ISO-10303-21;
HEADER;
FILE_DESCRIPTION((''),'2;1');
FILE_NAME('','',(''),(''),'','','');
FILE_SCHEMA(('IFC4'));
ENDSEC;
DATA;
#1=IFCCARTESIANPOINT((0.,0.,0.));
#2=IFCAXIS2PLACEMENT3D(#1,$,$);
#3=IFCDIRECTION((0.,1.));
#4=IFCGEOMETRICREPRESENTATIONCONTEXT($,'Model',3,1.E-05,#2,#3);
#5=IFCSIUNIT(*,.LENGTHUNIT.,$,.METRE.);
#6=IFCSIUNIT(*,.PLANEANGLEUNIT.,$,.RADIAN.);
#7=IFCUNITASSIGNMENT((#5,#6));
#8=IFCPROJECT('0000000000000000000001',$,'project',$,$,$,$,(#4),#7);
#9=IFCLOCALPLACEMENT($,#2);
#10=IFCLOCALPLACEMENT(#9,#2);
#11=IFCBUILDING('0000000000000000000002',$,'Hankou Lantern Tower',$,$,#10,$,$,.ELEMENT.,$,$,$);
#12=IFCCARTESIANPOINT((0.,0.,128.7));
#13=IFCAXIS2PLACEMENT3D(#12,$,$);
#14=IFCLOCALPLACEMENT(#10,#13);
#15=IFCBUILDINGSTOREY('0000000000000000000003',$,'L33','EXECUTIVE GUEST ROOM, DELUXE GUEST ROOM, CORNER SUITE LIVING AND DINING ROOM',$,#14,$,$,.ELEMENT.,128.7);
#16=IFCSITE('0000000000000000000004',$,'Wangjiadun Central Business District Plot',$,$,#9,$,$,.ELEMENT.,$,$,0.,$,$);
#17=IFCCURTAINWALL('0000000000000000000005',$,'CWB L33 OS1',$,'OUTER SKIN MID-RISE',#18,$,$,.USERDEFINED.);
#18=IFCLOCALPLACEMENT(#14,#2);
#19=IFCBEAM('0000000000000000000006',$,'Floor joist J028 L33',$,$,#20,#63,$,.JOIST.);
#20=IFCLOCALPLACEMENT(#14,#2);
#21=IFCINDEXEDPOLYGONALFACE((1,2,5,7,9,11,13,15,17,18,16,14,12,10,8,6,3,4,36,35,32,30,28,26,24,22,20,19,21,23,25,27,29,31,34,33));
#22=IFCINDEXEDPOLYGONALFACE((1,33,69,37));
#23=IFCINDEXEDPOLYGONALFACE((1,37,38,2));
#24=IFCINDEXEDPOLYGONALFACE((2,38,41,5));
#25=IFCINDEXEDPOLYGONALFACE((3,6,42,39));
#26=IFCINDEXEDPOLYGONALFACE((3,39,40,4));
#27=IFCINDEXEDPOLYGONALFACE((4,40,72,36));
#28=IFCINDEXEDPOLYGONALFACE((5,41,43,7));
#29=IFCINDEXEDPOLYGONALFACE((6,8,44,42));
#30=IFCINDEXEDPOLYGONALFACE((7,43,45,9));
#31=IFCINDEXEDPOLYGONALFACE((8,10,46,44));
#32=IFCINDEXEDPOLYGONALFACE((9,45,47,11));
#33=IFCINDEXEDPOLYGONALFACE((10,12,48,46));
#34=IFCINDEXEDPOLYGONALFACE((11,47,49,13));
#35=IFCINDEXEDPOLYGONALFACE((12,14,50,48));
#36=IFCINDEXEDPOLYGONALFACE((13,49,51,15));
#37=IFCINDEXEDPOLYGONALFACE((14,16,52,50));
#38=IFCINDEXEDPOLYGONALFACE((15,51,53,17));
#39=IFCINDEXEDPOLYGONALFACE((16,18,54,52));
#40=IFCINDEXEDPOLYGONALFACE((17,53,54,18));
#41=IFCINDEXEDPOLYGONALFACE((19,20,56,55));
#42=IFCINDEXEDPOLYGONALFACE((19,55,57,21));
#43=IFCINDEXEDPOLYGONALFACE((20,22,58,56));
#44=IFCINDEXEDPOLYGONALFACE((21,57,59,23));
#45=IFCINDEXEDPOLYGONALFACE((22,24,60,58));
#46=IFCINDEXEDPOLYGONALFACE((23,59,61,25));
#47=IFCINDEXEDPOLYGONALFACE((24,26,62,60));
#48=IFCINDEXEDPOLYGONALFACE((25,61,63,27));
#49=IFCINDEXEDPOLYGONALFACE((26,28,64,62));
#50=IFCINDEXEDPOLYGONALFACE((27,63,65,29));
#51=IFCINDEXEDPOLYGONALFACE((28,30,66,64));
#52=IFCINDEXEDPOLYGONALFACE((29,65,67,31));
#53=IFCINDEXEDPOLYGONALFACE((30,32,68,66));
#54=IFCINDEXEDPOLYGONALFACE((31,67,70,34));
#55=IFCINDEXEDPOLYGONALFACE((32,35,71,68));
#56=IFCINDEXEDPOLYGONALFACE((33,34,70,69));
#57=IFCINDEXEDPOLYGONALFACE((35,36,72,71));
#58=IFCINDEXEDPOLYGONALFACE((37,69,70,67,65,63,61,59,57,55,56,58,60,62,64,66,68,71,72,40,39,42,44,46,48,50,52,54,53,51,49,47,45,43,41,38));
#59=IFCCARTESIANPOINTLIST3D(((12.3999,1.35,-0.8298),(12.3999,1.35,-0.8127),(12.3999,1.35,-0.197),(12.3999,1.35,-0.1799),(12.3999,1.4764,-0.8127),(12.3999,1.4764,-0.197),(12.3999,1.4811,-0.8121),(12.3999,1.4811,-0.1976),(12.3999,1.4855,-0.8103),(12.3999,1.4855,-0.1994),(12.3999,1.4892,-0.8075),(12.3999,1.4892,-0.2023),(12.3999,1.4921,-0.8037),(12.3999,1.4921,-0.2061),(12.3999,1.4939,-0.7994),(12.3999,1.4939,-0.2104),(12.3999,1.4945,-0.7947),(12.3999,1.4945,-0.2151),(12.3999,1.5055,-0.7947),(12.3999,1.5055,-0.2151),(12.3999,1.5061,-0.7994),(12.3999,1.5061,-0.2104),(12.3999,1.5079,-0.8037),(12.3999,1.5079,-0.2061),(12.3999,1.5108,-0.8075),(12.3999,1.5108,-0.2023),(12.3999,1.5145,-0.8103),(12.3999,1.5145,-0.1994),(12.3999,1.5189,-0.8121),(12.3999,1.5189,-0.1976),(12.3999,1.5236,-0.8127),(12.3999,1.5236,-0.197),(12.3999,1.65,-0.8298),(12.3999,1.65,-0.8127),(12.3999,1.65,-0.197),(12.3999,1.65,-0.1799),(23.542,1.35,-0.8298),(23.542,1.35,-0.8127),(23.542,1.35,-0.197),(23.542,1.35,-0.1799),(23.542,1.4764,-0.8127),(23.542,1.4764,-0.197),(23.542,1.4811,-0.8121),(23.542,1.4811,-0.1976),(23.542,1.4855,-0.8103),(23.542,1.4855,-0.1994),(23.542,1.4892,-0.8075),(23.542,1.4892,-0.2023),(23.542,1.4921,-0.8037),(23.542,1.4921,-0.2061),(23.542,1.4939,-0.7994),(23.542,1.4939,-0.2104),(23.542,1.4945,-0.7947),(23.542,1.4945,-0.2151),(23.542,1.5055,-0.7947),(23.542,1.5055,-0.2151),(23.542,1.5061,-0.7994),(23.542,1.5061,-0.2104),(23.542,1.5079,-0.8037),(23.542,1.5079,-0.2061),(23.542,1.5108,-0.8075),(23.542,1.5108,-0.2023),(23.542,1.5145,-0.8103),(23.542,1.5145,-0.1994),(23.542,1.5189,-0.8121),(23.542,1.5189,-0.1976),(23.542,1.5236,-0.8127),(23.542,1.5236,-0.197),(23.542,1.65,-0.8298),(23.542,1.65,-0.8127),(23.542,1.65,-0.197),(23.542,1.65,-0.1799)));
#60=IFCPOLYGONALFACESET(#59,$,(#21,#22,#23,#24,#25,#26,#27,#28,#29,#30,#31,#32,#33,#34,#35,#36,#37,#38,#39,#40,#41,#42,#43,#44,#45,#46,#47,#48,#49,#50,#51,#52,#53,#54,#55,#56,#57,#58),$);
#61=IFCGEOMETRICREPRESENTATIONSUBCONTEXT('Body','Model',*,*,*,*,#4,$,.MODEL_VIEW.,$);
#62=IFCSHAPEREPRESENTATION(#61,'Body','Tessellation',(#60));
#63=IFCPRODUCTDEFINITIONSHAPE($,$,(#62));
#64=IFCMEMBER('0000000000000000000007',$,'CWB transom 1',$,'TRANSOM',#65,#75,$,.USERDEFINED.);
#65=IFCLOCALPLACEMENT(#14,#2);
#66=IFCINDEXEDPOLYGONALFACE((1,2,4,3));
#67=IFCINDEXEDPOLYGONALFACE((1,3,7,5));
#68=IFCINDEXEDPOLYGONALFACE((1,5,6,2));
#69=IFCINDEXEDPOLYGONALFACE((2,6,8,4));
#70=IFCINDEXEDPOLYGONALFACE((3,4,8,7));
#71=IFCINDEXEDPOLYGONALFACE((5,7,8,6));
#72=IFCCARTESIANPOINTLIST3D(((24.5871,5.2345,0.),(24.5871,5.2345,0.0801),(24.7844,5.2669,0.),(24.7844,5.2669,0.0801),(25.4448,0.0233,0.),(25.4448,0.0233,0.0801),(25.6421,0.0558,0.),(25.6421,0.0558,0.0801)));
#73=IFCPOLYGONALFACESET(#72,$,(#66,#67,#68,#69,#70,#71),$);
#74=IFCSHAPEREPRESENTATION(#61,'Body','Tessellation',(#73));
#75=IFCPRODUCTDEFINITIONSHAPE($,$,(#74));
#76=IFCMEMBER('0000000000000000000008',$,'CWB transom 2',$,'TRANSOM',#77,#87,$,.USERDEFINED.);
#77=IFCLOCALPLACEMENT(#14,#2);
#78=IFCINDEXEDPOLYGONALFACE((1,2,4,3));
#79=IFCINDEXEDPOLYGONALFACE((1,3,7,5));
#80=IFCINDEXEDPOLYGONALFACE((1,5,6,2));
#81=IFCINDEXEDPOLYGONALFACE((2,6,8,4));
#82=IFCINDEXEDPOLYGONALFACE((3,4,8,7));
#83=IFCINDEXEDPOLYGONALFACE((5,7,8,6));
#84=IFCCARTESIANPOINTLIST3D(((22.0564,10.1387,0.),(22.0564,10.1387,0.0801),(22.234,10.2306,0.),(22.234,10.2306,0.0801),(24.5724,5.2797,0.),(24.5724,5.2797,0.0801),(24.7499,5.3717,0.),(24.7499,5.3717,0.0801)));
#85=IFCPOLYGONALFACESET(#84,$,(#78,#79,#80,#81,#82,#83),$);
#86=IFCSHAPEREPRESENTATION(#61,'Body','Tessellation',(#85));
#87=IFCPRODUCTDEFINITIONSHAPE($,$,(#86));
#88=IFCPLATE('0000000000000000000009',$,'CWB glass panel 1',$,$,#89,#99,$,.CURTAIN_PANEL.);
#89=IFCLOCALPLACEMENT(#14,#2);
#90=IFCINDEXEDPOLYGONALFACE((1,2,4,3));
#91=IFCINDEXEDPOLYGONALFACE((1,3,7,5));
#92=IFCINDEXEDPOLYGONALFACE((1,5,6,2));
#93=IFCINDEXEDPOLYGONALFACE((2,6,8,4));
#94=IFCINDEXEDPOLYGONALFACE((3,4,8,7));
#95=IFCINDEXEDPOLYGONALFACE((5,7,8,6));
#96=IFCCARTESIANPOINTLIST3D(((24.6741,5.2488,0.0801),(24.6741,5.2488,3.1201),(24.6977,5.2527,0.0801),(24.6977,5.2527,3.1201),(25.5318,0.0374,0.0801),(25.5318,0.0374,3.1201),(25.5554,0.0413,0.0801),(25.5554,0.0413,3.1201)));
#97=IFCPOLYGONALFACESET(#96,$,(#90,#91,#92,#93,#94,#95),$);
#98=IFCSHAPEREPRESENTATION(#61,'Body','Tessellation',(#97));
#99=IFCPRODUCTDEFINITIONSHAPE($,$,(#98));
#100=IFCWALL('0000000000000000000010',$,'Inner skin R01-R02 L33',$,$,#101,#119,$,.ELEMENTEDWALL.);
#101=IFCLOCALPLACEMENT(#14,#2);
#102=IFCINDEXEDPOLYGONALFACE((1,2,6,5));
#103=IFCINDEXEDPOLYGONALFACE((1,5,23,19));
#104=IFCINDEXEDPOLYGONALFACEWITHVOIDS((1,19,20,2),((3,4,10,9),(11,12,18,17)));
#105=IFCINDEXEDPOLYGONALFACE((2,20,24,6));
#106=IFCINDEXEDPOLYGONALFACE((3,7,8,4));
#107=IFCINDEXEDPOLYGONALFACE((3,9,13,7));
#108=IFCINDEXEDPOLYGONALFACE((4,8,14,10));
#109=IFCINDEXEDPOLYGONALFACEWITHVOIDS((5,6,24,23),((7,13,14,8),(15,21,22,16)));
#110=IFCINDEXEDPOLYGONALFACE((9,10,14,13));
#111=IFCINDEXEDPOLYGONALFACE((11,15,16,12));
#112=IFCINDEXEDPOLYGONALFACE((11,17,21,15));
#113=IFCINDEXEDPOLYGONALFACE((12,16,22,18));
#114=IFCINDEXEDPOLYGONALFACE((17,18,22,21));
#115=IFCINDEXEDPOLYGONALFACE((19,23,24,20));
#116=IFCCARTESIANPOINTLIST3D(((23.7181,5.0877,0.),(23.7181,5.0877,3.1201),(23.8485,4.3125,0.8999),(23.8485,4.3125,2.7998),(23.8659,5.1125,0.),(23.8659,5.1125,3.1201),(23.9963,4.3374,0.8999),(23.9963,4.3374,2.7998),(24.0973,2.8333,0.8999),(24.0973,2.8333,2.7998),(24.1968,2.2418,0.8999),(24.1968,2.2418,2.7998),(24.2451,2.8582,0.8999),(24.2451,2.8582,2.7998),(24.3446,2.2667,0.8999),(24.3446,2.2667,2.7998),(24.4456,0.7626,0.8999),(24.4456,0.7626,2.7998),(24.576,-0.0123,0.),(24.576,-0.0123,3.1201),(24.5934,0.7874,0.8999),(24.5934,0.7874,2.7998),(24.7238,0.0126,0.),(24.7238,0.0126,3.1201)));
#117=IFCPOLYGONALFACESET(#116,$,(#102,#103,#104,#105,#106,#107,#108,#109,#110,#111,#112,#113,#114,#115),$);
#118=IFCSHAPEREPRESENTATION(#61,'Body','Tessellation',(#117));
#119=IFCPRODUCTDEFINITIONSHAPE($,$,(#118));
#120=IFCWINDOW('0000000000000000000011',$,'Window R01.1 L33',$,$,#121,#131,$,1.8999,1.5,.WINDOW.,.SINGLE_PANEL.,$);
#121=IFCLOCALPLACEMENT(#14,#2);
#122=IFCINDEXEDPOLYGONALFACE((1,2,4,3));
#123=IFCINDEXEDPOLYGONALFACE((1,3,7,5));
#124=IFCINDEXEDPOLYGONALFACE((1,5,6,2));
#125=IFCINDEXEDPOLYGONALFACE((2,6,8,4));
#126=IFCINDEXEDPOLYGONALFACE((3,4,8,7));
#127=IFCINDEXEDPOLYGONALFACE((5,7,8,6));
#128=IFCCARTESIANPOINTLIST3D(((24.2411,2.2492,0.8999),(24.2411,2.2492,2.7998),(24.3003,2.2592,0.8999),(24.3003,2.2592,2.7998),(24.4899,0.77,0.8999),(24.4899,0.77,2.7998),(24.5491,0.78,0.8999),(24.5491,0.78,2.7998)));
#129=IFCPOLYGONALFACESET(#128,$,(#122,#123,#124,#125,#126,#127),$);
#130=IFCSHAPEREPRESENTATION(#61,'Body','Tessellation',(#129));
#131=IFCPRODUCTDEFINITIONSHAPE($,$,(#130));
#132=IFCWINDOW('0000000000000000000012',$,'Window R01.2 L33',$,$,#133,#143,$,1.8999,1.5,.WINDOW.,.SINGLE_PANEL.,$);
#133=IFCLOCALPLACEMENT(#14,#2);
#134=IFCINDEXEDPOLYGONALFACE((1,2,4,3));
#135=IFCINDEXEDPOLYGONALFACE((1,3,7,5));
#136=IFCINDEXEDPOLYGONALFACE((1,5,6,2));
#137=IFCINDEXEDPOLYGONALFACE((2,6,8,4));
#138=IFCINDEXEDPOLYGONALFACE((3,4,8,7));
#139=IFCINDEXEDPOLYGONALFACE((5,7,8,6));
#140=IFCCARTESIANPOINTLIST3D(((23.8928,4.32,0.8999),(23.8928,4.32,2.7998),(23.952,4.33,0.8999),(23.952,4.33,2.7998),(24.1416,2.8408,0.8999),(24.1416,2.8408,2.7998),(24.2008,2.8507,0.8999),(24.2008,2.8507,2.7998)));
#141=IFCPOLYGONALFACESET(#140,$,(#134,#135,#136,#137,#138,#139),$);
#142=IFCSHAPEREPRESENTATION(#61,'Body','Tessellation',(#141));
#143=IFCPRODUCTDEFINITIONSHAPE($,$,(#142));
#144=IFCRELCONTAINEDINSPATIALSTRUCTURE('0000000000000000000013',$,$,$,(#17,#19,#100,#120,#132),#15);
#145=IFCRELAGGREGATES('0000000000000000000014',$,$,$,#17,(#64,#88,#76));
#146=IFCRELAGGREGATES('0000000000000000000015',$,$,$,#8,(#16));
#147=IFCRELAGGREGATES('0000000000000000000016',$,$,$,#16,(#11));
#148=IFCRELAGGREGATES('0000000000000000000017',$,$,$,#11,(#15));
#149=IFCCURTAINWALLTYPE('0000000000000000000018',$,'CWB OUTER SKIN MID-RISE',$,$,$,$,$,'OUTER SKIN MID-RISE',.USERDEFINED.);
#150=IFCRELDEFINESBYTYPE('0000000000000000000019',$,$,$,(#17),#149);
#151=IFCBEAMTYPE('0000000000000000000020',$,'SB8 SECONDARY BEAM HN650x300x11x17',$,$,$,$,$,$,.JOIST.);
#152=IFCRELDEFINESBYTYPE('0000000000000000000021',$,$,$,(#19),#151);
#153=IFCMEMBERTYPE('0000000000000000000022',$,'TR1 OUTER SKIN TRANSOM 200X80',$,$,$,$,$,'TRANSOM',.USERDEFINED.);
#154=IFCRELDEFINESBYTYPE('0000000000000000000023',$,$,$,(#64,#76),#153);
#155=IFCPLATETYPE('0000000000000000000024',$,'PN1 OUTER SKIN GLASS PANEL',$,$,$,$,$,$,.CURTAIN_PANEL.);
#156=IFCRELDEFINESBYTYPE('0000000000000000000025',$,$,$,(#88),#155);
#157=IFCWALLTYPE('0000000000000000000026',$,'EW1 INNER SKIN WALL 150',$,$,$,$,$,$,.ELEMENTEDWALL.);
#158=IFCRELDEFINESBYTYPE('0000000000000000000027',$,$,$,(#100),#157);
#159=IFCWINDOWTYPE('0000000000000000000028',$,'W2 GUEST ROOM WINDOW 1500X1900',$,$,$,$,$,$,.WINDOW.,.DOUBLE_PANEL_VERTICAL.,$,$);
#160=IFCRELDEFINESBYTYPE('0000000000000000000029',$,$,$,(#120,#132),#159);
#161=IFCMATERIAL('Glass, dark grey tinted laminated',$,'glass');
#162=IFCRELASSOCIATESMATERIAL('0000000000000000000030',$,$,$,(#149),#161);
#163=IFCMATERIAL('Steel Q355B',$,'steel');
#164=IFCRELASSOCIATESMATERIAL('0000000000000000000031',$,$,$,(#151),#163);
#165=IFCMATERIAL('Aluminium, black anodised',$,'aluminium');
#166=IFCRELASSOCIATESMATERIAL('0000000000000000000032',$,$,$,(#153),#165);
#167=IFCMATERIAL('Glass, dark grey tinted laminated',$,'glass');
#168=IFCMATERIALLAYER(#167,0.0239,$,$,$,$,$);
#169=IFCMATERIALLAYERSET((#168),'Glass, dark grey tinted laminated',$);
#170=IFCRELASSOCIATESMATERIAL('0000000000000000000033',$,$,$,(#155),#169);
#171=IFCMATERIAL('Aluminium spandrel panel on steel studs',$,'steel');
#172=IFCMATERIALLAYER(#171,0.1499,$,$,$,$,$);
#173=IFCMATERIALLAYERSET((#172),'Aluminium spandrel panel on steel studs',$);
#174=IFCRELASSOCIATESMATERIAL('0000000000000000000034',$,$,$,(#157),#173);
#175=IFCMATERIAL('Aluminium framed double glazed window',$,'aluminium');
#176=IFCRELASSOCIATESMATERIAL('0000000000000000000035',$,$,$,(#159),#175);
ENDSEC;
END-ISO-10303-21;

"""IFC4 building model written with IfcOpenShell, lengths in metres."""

from ifc_helpers import new_model, si_unit, direction, frame, frame_2d, origin, origin_2d, place, context, subcontext, project, spatial, rectangle, i_section, extrude, material, layer, layer_set, material_profile, profile_set, type_object, element, fill, aggregate, save


model = new_model("IFC4")

# Units and contexts
model_context = context("Model", 3, precision=1e-05, world=origin(), true_north=direction((0.0, 1.0)))
body_context = subcontext(model_context, "Body", "Model", "MODEL_VIEW")
ifc_project = project(units=[si_unit("LENGTHUNIT", "METRE"), si_unit("PLANEANGLEUNIT", "RADIAN")], contexts=[model_context])

# Site, building, storey
site_placement = place(None, origin())
site = spatial("IfcSite", under=ifc_project, at=site_placement, Name="Wangjiadun Central Business District Plot", CompositionType="ELEMENT", RefElevation=0.0)
building_placement = place(site_placement, origin())
building = spatial("IfcBuilding", under=site, at=building_placement, Name="Hankou Lantern Tower", CompositionType="ELEMENT")
storey_placement = place(building_placement, frame((0.0, 0.0, 128.7)))
storey = spatial("IfcBuildingStorey", under=building, at=storey_placement, Name="L33", Description="EXECUTIVE GUEST ROOM, DELUXE GUEST ROOM, CORNER SUITE LIVING AND DINING ROOM", CompositionType="ELEMENT", Elevation=128.7)

# Curtain wall
ifc_material_1 = material(Name="Glass, dark grey tinted laminated", Category="glass")
curtain_wall_type = type_object("IfcCurtainWallType", Name="CWB OUTER SKIN MID-RISE", ElementType="OUTER SKIN MID-RISE", PredefinedType="USERDEFINED", material=ifc_material_1)
curtain_wall_placement = place(storey_placement, origin())
curtain_wall = element("IfcCurtainWall", 1, at=curtain_wall_placement, inside=storey, type_object=curtain_wall_type, Name="CWB L33 OS1", ObjectType="OUTER SKIN MID-RISE", PredefinedType="USERDEFINED")

# Beam
ifc_material_2 = material(Name="Steel Q355B", Category="steel")
ifc_material_profile_1 = material_profile(ifc_material_2, i_section(OverallWidth=0.3, OverallDepth=0.6499, WebThickness=0.011, FlangeThickness=0.0171, FilletRadius=0.0181, at=origin_2d()), Name="HN650x300x11x17")
ifc_profile_set_1 = profile_set([ifc_material_profile_1], Name="Steel Q355B")
beam_type_1 = type_object("IfcBeamType", Name="SB8 SECONDARY BEAM HN650x300x11x17", PredefinedType="JOIST", material=ifc_profile_set_1)
beam_1_placement = place(storey_placement, frame((12.3999, 1.5, -0.5049), z_axis=(1.0, 0.0, 0.0), x_axis=(0.0, 1.0, 0.0)))
element("IfcBeam", 2, at=beam_1_placement, inside=storey, type_object=beam_type_1, Name="Floor joist J028 L33", PredefinedType="JOIST", context=body_context, shape_type="SweptSolid", body=[
    extrude(i_section(OverallWidth=0.3, OverallDepth=0.6499, WebThickness=0.011, FlangeThickness=0.0171, FilletRadius=0.0181, at=origin_2d()), origin(), (0.0, 0.0, 1.0), 11.1421),
])

# Members
ifc_material_3 = material(Name="Aluminium, black anodised", Category="aluminium")
ifc_material_profile_2 = material_profile(ifc_material_3, rectangle(XDim=0.2, YDim=0.0801, at=origin_2d()), Name="TR1 200X80")
ifc_profile_set_2 = profile_set([ifc_material_profile_2], Name="Aluminium, black anodised")
member_type_1 = type_object("IfcMemberType", Name="TR1 OUTER SKIN TRANSOM 200X80", ElementType="TRANSOM", PredefinedType="USERDEFINED", material=ifc_profile_set_2)
member_1_placement = place(storey_placement, frame((25.5435, 0.0396, 0.04), z_axis=(-0.162397, 0.986725, 0.0), x_axis=(-0.986725, -0.162397, 0.0)))
member_1 = element("IfcMember", 3, at=member_1_placement, type_object=member_type_1, Name="CWB transom 1", ObjectType="TRANSOM", PredefinedType="USERDEFINED", context=body_context, shape_type="SweptSolid", body=[
    extrude(rectangle(XDim=0.2, YDim=0.0801, at=origin_2d()), origin(), (0.0, 0.0, 1.0), 5.2812),
])
member_2_placement = place(storey_placement, frame((24.6611, 5.3257, 0.04), z_axis=(-0.459805, 0.88802, 0.0), x_axis=(-0.88802, -0.459805, 0.0)))
member_2 = element("IfcMember", 4, at=member_2_placement, type_object=member_type_1, Name="CWB transom 2", ObjectType="TRANSOM", PredefinedType="USERDEFINED", context=body_context, shape_type="SweptSolid", body=[
    extrude(rectangle(XDim=0.2, YDim=0.0801, at=origin_2d()), origin(), (0.0, 0.0, 1.0), 5.4717),
])

# Plate
ifc_material_4 = material(Name="Glass, dark grey tinted laminated", Category="glass")
ifc_layer_1 = layer(ifc_material_4, 0.0239)
ifc_layer_set_1 = layer_set([ifc_layer_1], Name="Glass, dark grey tinted laminated")
plate_type = type_object("IfcPlateType", Name="PN1 OUTER SKIN GLASS PANEL", PredefinedType="CURTAIN_PANEL", material=ifc_layer_set_1)
plate_placement = place(storey_placement, frame((25.1147, 2.645, 0.0801), z_axis=(0.0, 0.0, 1.0), x_axis=(-0.162382, 0.986728, 0.0)))
plate = element("IfcPlate", 5, at=plate_placement, type_object=plate_type, Name="CWB glass panel 1", PredefinedType="CURTAIN_PANEL", context=body_context, shape_type="SweptSolid", body=[
    extrude(rectangle(XDim=5.2815, YDim=0.0239, at=origin_2d()), origin(), (0.0, 0.0, 1.0), 3.04),
])
aggregate(curtain_wall, [member_1, plate, member_2])

# Wall, openings, windows
ifc_material_5 = material(Name="Aluminium spandrel panel on steel studs", Category="steel")
ifc_layer_2 = layer(ifc_material_5, 0.1499)
ifc_layer_set_2 = layer_set([ifc_layer_2], Name="Aluminium spandrel panel on steel studs")
wall_type_1 = type_object("IfcWallType", Name="EW1 INNER SKIN WALL 150", PredefinedType="ELEMENTEDWALL", material=ifc_layer_set_2)
wall_1_placement = place(storey_placement, frame((24.6499, 0.0, 0.0), z_axis=(0.0, 0.0, 1.0), x_axis=(-0.165884, 0.986145, 0.0)))
wall_1 = element("IfcWall", 6, at=wall_1_placement, inside=storey, type_object=wall_type_1, Name="Inner skin R01-R02 L33", PredefinedType="ELEMENTEDWALL", context=body_context, shape_type="SweptSolid", body=[
    extrude(rectangle(XDim=5.1716, YDim=0.1499, at=frame_2d((2.5859, 0.0))), origin(), (0.0, 0.0, 1.0), 3.1201),
])
opening_1_placement = place(wall_1_placement, frame((0.7859, 0.0, 0.8999)))
opening_1 = element("IfcOpeningElement", 7, at=opening_1_placement, cuts=wall_1, PredefinedType="OPENING", context=body_context, shape_type="SweptSolid", body=[
    extrude(rectangle(XDim=1.5, YDim=1.8999, at=frame_2d((0.75, 0.95))), frame((0.0, 0.085, 0.0), z_axis=(0.0, -1.0, 0.0), x_axis=(1.0, 0.0, 0.0)), (0.0, 0.0, 1.0), 0.1699),
])
opening_2_placement = place(wall_1_placement, frame((2.8857, 0.0, 0.8999)))
opening_2 = element("IfcOpeningElement", 8, at=opening_2_placement, cuts=wall_1, PredefinedType="OPENING", context=body_context, shape_type="SweptSolid", body=[
    extrude(rectangle(XDim=1.5, YDim=1.8999, at=frame_2d((0.75, 0.95))), frame((0.0, 0.085, 0.0), z_axis=(0.0, -1.0, 0.0), x_axis=(1.0, 0.0, 0.0)), (0.0, 0.0, 1.0), 0.1699),
])
ifc_material_6 = material(Name="Aluminium framed double glazed window", Category="aluminium")
window_type = type_object("IfcWindowType", Name="W2 GUEST ROOM WINDOW 1500X1900", PartitioningType="DOUBLE_PANEL_VERTICAL", PredefinedType="WINDOW", material=ifc_material_6)
window_1_placement = place(opening_1_placement, origin())
window_1 = element("IfcWindow", 9, at=window_1_placement, inside=storey, type_object=window_type, Name="Window R01.1 L33", OverallHeight=1.8999, OverallWidth=1.5, PartitioningType="SINGLE_PANEL", PredefinedType="WINDOW", context=body_context, shape_type="SweptSolid", body=[
    extrude(rectangle(XDim=1.5, YDim=1.8999, at=frame_2d((0.75, 0.95))), frame((0.0, 0.03, 0.0), z_axis=(0.0, -1.0, 0.0), x_axis=(1.0, 0.0, 0.0)), (0.0, 0.0, 1.0), 0.0601),
])
fill(opening_1, window_1)
window_2_placement = place(opening_2_placement, origin())
window_2 = element("IfcWindow", 10, at=window_2_placement, inside=storey, type_object=window_type, Name="Window R01.2 L33", OverallHeight=1.8999, OverallWidth=1.5, PartitioningType="SINGLE_PANEL", PredefinedType="WINDOW", context=body_context, shape_type="SweptSolid", body=[
    extrude(rectangle(XDim=1.5, YDim=1.8999, at=frame_2d((0.75, 0.95))), frame((0.0, 0.03, 0.0), z_axis=(0.0, -1.0, 0.0), x_axis=(1.0, 0.0, 0.0)), (0.0, 0.0, 1.0), 0.0601),
])
fill(opening_2, window_2)

save(model, "model.ifc")
